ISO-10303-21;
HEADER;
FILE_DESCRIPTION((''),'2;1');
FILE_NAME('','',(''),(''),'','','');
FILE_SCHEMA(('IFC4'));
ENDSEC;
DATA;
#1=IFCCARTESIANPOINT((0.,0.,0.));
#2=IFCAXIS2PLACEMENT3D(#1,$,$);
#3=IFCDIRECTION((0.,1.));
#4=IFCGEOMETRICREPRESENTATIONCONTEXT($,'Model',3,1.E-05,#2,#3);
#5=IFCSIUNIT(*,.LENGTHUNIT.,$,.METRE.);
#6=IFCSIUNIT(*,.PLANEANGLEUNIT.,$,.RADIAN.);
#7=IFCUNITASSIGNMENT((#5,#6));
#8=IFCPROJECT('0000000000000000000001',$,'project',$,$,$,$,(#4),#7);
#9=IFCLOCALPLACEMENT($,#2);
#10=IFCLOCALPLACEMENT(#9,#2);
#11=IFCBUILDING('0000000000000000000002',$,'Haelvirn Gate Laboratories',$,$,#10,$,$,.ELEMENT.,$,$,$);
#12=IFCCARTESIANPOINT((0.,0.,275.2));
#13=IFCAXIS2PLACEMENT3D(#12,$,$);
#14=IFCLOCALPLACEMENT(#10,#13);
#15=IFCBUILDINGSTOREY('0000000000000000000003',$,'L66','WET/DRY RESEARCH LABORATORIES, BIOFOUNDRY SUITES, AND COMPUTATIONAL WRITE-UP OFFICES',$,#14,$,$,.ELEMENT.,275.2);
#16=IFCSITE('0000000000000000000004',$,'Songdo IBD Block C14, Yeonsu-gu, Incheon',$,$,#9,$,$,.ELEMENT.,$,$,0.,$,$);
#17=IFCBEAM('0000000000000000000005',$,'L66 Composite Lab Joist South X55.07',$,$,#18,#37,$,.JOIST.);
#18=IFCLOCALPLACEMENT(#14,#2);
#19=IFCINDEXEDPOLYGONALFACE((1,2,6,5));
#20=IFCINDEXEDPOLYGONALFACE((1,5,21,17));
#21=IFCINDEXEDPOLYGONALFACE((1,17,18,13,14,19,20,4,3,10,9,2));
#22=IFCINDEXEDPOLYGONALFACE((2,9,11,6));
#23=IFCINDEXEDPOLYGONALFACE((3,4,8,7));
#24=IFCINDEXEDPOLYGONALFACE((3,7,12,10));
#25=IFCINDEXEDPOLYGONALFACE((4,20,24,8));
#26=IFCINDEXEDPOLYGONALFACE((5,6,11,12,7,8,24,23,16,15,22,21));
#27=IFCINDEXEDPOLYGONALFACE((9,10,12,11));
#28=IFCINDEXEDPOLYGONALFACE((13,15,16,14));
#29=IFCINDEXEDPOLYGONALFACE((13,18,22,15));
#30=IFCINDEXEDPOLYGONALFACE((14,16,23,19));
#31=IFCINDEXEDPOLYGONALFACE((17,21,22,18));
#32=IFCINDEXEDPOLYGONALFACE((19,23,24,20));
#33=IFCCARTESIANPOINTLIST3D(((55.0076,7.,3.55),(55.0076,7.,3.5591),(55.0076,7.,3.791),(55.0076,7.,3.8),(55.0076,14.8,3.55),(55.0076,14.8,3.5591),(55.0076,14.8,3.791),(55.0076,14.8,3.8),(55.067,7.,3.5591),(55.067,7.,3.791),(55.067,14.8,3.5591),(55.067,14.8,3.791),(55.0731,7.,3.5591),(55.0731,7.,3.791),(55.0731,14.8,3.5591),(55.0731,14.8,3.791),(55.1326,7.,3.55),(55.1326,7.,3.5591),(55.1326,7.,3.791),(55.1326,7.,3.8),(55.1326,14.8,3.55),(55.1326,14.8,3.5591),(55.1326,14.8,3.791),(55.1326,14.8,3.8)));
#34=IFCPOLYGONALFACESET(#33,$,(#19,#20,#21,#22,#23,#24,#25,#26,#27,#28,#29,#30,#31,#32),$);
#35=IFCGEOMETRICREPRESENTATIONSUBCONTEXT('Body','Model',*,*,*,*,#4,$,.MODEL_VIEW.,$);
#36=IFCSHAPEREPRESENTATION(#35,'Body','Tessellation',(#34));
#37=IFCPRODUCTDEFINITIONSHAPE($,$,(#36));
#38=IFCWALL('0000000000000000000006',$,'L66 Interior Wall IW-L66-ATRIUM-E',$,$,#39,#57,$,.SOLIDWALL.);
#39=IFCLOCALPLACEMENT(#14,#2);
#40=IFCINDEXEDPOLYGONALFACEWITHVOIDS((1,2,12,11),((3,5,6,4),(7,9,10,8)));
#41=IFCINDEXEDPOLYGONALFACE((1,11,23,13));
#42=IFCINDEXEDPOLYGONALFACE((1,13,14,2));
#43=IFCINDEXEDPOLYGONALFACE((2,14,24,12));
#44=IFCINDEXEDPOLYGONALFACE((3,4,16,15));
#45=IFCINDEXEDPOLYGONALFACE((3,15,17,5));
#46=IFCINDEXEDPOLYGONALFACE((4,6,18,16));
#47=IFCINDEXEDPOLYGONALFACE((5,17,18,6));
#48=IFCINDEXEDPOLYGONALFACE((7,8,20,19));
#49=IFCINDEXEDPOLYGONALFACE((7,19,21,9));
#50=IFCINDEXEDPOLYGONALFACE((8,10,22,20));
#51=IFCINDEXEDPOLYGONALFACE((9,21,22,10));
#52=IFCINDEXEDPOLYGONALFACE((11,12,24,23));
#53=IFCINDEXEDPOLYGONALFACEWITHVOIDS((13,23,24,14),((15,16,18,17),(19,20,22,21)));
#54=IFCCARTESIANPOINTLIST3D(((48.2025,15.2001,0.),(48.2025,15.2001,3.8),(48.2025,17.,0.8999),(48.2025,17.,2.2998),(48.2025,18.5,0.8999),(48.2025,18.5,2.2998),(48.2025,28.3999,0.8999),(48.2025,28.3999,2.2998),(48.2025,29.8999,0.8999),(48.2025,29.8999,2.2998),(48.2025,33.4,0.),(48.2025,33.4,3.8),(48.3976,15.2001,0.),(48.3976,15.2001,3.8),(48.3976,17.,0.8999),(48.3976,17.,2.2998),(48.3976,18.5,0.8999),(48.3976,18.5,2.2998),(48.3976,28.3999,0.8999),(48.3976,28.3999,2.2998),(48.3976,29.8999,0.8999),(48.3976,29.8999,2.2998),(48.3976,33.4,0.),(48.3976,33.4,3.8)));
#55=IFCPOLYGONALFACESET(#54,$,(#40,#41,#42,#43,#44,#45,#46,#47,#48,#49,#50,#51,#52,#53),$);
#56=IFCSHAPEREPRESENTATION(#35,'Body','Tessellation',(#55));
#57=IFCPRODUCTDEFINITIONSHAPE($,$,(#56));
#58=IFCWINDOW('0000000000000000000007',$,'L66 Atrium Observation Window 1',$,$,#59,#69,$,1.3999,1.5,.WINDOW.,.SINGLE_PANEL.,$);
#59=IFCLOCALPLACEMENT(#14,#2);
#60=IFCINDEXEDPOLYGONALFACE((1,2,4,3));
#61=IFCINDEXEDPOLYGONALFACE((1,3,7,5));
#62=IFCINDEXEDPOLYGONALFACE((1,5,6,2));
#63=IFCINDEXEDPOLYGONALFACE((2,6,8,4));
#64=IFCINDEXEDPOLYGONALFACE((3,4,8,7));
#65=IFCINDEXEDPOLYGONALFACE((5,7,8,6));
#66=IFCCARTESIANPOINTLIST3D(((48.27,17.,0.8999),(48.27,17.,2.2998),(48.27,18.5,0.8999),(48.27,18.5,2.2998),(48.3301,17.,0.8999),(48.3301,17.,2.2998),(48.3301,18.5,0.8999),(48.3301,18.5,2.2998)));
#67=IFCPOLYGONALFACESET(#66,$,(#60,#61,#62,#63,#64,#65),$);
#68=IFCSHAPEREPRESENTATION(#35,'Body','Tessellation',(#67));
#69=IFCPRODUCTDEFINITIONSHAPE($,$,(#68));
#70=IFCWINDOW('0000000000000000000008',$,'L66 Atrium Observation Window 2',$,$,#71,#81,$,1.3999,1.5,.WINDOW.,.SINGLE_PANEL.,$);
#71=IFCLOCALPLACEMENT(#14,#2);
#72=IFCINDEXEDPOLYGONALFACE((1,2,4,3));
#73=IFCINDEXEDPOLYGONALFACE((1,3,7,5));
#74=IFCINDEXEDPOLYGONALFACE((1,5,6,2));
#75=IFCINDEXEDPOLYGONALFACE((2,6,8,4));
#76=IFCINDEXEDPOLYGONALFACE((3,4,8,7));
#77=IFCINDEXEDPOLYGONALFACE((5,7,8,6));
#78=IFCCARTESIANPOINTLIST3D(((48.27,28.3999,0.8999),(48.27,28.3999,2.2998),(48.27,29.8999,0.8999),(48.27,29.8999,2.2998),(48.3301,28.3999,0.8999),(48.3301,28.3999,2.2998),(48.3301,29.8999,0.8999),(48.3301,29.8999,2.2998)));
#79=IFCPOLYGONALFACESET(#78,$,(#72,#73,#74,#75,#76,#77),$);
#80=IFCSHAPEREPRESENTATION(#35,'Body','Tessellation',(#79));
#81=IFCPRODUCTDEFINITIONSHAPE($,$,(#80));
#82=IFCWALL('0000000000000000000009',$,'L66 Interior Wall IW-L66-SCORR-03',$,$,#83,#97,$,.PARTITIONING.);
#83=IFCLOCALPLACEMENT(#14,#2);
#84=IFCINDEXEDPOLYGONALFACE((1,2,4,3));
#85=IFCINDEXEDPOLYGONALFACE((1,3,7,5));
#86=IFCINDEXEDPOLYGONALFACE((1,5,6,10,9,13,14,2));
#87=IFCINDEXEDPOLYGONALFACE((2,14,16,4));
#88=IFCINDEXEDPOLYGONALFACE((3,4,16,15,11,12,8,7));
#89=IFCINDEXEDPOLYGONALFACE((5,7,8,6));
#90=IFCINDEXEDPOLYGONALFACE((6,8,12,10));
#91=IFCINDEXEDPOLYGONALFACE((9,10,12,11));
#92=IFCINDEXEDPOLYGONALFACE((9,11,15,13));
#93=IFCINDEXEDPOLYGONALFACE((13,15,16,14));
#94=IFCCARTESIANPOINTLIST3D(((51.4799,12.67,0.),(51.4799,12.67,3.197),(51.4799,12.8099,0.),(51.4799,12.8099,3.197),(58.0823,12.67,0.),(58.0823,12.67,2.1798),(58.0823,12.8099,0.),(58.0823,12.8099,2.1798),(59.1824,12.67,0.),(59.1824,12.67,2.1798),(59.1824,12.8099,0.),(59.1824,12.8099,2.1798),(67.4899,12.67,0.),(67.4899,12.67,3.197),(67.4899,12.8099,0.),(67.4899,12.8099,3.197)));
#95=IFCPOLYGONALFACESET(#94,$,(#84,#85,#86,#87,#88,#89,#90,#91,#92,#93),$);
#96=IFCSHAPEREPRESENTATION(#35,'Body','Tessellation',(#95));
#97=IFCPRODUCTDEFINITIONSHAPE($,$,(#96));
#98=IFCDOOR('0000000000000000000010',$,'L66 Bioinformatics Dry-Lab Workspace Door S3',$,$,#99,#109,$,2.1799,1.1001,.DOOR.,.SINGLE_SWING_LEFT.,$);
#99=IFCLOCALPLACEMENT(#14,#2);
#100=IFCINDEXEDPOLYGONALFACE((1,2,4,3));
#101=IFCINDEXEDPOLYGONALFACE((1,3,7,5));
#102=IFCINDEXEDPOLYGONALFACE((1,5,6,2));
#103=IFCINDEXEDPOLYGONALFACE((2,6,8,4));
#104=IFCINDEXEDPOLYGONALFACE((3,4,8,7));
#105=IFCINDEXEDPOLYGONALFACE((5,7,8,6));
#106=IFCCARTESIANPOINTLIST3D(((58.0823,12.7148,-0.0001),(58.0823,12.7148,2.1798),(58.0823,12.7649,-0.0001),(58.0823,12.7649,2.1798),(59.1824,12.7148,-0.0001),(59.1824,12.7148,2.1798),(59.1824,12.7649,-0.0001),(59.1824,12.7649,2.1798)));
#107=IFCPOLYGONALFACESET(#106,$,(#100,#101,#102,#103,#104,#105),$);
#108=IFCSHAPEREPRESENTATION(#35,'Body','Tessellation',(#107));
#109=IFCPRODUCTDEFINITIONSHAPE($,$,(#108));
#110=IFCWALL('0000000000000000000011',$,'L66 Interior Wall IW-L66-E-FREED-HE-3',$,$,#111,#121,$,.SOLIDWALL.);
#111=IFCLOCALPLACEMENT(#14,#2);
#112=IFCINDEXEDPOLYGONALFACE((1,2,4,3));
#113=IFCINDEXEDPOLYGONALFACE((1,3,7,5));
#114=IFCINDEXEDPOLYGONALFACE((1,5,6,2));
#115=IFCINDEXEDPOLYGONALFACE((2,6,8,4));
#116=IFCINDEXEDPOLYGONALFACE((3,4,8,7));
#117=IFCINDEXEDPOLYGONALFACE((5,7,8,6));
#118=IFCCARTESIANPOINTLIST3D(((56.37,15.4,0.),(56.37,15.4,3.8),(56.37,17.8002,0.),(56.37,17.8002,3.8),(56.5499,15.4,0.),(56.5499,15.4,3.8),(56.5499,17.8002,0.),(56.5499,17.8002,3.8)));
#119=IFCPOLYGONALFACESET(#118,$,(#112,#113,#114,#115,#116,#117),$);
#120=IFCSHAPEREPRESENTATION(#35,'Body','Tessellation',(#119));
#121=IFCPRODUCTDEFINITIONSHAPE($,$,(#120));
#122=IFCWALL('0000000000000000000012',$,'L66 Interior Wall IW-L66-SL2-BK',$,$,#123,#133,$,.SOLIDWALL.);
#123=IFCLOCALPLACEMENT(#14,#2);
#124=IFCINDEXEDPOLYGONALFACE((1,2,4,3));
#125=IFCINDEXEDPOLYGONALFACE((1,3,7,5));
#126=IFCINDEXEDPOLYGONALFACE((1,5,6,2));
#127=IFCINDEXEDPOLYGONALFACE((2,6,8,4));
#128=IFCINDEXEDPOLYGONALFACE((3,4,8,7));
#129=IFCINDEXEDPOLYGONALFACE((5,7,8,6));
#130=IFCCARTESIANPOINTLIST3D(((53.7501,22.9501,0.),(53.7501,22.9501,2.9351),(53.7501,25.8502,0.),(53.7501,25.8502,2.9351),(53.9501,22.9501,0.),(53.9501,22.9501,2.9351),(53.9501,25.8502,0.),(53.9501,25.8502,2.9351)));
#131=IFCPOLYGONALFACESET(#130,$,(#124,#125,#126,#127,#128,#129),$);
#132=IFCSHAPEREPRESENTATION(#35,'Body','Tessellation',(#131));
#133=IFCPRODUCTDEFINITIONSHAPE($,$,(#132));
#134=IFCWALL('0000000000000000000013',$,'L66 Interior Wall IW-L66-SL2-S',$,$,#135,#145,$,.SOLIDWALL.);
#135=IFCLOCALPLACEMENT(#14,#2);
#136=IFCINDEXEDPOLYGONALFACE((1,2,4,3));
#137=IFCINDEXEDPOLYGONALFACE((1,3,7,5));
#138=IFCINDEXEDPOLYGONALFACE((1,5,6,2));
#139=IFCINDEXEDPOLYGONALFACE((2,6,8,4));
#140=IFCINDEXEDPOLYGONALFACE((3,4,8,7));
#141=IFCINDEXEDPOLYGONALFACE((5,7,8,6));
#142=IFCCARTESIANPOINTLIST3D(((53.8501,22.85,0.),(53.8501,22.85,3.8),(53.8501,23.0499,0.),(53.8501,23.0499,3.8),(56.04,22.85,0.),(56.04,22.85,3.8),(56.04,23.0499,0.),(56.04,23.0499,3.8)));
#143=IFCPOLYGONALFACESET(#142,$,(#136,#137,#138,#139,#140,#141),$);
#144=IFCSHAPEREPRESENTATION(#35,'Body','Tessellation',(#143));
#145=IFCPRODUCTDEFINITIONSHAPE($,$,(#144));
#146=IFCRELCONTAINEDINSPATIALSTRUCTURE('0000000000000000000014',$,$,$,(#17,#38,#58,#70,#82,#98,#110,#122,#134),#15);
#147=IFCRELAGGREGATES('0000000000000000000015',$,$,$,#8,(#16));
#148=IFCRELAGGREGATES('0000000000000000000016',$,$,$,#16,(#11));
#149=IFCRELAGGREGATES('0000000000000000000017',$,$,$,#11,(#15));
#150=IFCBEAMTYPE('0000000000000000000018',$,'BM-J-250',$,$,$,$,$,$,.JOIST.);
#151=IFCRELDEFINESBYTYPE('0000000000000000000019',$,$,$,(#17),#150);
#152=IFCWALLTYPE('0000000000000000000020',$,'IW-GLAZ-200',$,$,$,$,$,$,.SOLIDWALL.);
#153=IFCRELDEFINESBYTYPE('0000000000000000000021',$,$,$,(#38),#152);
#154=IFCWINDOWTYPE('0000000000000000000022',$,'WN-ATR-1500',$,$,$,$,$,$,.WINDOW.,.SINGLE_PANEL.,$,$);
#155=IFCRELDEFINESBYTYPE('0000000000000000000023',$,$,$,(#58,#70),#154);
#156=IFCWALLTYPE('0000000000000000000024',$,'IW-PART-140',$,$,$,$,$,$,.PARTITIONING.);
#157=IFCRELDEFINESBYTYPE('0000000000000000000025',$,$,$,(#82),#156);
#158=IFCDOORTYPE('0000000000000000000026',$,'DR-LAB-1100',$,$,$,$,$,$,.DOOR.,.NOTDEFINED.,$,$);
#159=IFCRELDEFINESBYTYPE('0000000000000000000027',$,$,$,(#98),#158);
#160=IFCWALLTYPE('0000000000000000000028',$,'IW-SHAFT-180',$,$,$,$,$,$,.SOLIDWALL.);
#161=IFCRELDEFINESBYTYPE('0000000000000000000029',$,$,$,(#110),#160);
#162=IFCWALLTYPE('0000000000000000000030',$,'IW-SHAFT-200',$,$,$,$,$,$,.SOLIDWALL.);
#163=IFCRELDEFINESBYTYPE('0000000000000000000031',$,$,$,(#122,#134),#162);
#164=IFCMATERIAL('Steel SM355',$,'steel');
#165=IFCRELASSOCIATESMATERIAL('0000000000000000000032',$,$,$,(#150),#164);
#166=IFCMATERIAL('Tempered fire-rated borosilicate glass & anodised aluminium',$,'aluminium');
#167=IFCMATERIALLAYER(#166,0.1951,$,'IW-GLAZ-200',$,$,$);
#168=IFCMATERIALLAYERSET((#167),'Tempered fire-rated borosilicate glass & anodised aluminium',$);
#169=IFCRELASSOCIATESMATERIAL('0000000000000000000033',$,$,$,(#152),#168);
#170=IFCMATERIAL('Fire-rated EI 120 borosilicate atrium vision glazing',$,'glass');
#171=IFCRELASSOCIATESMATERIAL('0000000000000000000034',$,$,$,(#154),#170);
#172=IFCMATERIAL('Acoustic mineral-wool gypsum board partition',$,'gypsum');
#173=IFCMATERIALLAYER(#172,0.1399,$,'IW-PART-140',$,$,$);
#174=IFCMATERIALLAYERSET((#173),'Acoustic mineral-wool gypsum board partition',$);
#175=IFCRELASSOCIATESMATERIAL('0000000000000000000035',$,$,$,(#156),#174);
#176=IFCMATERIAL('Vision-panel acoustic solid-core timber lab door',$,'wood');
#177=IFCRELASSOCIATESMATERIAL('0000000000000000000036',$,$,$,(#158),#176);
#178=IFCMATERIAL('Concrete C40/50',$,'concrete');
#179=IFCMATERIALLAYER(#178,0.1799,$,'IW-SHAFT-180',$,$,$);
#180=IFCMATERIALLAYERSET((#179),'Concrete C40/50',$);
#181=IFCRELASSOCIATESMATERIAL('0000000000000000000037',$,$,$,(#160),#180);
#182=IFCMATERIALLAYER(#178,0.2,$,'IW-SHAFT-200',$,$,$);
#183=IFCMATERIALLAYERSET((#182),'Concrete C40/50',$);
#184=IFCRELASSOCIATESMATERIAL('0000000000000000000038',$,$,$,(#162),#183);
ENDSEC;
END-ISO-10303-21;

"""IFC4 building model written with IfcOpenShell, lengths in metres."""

from ifc_helpers import new_model, si_unit, direction, frame, frame_2d, origin, origin_2d, place, context, subcontext, project, spatial, rectangle, i_section, extrude, source, transform, mapped, material, layer, layer_set, material_profile, profile_set, type_object, type_shapes, element, fill, save


model = new_model("IFC4")

# Units and contexts
model_context = context("Model", 3, precision=1e-05, world=origin(), true_north=direction((0.0, 1.0)))
body_context = subcontext(model_context, "Body", "Model", "MODEL_VIEW")
ifc_project = project(units=[si_unit("LENGTHUNIT", "METRE"), si_unit("PLANEANGLEUNIT", "RADIAN")], contexts=[model_context])

# Site, building, storey
site_placement = place(None, origin())
site = spatial("IfcSite", under=ifc_project, at=site_placement, Name="Songdo IBD Block C14, Yeonsu-gu, Incheon", CompositionType="ELEMENT", RefElevation=0.0)
building_placement = place(site_placement, origin())
building = spatial("IfcBuilding", under=site, at=building_placement, Name="Haelvirn Gate Laboratories", CompositionType="ELEMENT")
storey_placement = place(building_placement, frame((0.0, 0.0, 275.2)))
storey = spatial("IfcBuildingStorey", under=building, at=storey_placement, Name="L66", Description="WET/DRY RESEARCH LABORATORIES, BIOFOUNDRY SUITES, AND COMPUTATIONAL WRITE-UP OFFICES", CompositionType="ELEMENT", Elevation=275.2)

# Shared definitions
ifc_material_1 = material(Name="Steel SM355", Category="steel")

# Beam
ifc_material_profile_1 = material_profile(ifc_material_1, i_section(OverallWidth=0.125, OverallDepth=0.25, WebThickness=0.0061, FlangeThickness=0.009, at=origin_2d()), Name="H-250x125x6x9")
ifc_profile_set_1 = profile_set([ifc_material_profile_1], Name="Steel SM355")
beam_type_1 = type_object("IfcBeamType", Name="BM-J-250", PredefinedType="JOIST", material=ifc_profile_set_1)
shared_shape_1 = source(origin(), body_context, "Body", "SweptSolid", [
    extrude(i_section(OverallWidth=0.125, OverallDepth=0.25, WebThickness=0.0061, FlangeThickness=0.009, at=origin_2d()), origin(), (0.0, 0.0, 1.0), 7.8),
])
type_shapes(beam_type_1, [shared_shape_1])
beam_1_placement = place(storey_placement, frame((55.0701, 7.0, 3.675), z_axis=(0.0, 1.0, 0.0), x_axis=(-1.0, 0.0, 0.0)))
element("IfcBeam", 1, at=beam_1_placement, inside=storey, type_object=beam_type_1, Name="L66 Composite Lab Joist South X55.07", PredefinedType="JOIST", context=body_context, shape_type="MappedRepresentation", body=[
    mapped(shared_shape_1, transform((0.0, 0.0, 0.0), scale=1.0)),
])

# Wall, openings, windows
ifc_material_2 = material(Name="Tempered fire-rated borosilicate glass & anodised aluminium", Category="aluminium")
ifc_layer_1 = layer(ifc_material_2, 0.1951, Name="IW-GLAZ-200")
ifc_layer_set_1 = layer_set([ifc_layer_1], Name="Tempered fire-rated borosilicate glass & anodised aluminium")
wall_type_1 = type_object("IfcWallType", Name="IW-GLAZ-200", PredefinedType="SOLIDWALL", material=ifc_layer_set_1)
wall_1_placement = place(storey_placement, frame((48.3, 15.2, 0.0), z_axis=(0.0, 0.0, 1.0), x_axis=(0.0, 1.0, 0.0)))
wall_1 = element("IfcWall", 2, at=wall_1_placement, inside=storey, type_object=wall_type_1, Name="L66 Interior Wall IW-L66-ATRIUM-E", PredefinedType="SOLIDWALL", context=body_context, shape_type="SweptSolid", body=[
    extrude(rectangle(XDim=18.2, YDim=0.1951, at=frame_2d((9.1001, 0.0))), origin(), (0.0, 0.0, 1.0), 3.8),
])
opening_1_placement = place(wall_1_placement, frame((1.8, 0.0, 0.8999)))
opening_1 = element("IfcOpeningElement", 3, at=opening_1_placement, cuts=wall_1, PredefinedType="OPENING", context=body_context, shape_type="SweptSolid", body=[
    extrude(rectangle(XDim=1.5, YDim=1.3999, at=frame_2d((0.75, 0.7))), frame((0.0, 0.1074, 0.0), z_axis=(0.0, -1.0, 0.0), x_axis=(1.0, 0.0, 0.0)), (0.0, 0.0, 1.0), 0.2151),
])
opening_2_placement = place(wall_1_placement, frame((13.2, 0.0, 0.8999)))
opening_2 = element("IfcOpeningElement", 4, at=opening_2_placement, cuts=wall_1, PredefinedType="OPENING", context=body_context, shape_type="SweptSolid", body=[
    extrude(rectangle(XDim=1.5, YDim=1.3999, at=frame_2d((0.75, 0.7))), frame((0.0, 0.1074, 0.0), z_axis=(0.0, -1.0, 0.0), x_axis=(1.0, 0.0, 0.0)), (0.0, 0.0, 1.0), 0.2151),
])
ifc_material_3 = material(Name="Fire-rated EI 120 borosilicate atrium vision glazing", Category="glass")
window_type = type_object("IfcWindowType", Name="WN-ATR-1500", PartitioningType="SINGLE_PANEL", PredefinedType="WINDOW", material=ifc_material_3)
shared_shape_2 = source(origin(), body_context, "Body", "SweptSolid", [
    extrude(rectangle(XDim=1.5, YDim=1.3999, at=frame_2d((0.75, 0.7))), frame((0.0, 0.03, 0.0), z_axis=(0.0, -1.0, 0.0), x_axis=(1.0, 0.0, 0.0)), (0.0, 0.0, 1.0), 0.0601),
])
type_shapes(window_type, [shared_shape_2])
window_1_placement = place(opening_1_placement, origin())
window_1 = element("IfcWindow", 5, at=window_1_placement, inside=storey, type_object=window_type, Name="L66 Atrium Observation Window 1", OverallHeight=1.3999, OverallWidth=1.5, PartitioningType="SINGLE_PANEL", PredefinedType="WINDOW", context=body_context, shape_type="MappedRepresentation", body=[
    mapped(shared_shape_2, transform((0.0, 0.0, 0.0), scale=1.0)),
])
fill(opening_1, window_1)
window_2_placement = place(opening_2_placement, origin())
window_2 = element("IfcWindow", 6, at=window_2_placement, inside=storey, type_object=window_type, Name="L66 Atrium Observation Window 2", OverallHeight=1.3999, OverallWidth=1.5, PartitioningType="SINGLE_PANEL", PredefinedType="WINDOW", context=body_context, shape_type="MappedRepresentation", body=[
    mapped(shared_shape_2, transform((0.0, 0.0, 0.0), scale=1.0)),
])
fill(opening_2, window_2)

# Wall, opening, door
ifc_material_4 = material(Name="Acoustic mineral-wool gypsum board partition", Category="gypsum")
ifc_layer_2 = layer(ifc_material_4, 0.1399, Name="IW-PART-140")
ifc_layer_set_2 = layer_set([ifc_layer_2], Name="Acoustic mineral-wool gypsum board partition")
wall_type_2 = type_object("IfcWallType", Name="IW-PART-140", PredefinedType="PARTITIONING", material=ifc_layer_set_2)
wall_2_placement = place(storey_placement, frame((51.48, 12.74, 0.0), z_axis=(0.0, 0.0, 1.0), x_axis=(1.0, 0.0, 0.0)))
wall_2 = element("IfcWall", 7, at=wall_2_placement, inside=storey, type_object=wall_type_2, Name="L66 Interior Wall IW-L66-SCORR-03", PredefinedType="PARTITIONING", context=body_context, shape_type="SweptSolid", body=[
    extrude(rectangle(XDim=16.01, YDim=0.1399, at=frame_2d((8.0049, 0.0))), origin(), (0.0, 0.0, 1.0), 3.197),
])
opening_3_placement = place(wall_2_placement, frame((6.6023, 0.0, 0.0)))
opening_3 = element("IfcOpeningElement", 8, at=opening_3_placement, cuts=wall_2, PredefinedType="OPENING", context=body_context, shape_type="SweptSolid", body=[
    extrude(rectangle(XDim=1.1001, YDim=2.1799, at=frame_2d((0.55, 1.0898))), frame((0.0, 0.0801, 0.0), z_axis=(0.0, -1.0, 0.0), x_axis=(1.0, 0.0, 0.0)), (0.0, 0.0, 1.0), 0.1599),
])
ifc_material_5 = material(Name="Vision-panel acoustic solid-core timber lab door", Category="wood")
door_type_1 = type_object("IfcDoorType", Name="DR-LAB-1100", OperationType="NOTDEFINED", PredefinedType="DOOR", material=ifc_material_5)
shared_shape_3 = source(origin(), body_context, "Body", "SweptSolid", [
    extrude(rectangle(XDim=1.1001, YDim=2.1799, at=frame_2d((0.55, 1.0898))), frame((0.0, 0.0249, 0.0), z_axis=(0.0, -1.0, 0.0), x_axis=(1.0, 0.0, 0.0)), (0.0, 0.0, 1.0), 0.05),
])
type_shapes(door_type_1, [shared_shape_3])
door_1_placement = place(opening_3_placement, origin())
door_1 = element("IfcDoor", 9, at=door_1_placement, inside=storey, type_object=door_type_1, Name="L66 Bioinformatics Dry-Lab Workspace Door S3", OperationType="SINGLE_SWING_LEFT", OverallHeight=2.1799, OverallWidth=1.1001, PredefinedType="DOOR", context=body_context, shape_type="MappedRepresentation", body=[
    mapped(shared_shape_3, transform((0.0, 0.0, 0.0), scale=1.0)),
])
fill(opening_3, door_1)
ifc_material_6 = material(Name="Concrete C40/50", Category="concrete")
ifc_layer_3 = layer(ifc_material_6, 0.1799, Name="IW-SHAFT-180")
ifc_layer_set_3 = layer_set([ifc_layer_3], Name="Concrete C40/50")
wall_type_3 = type_object("IfcWallType", Name="IW-SHAFT-180", PredefinedType="SOLIDWALL", material=ifc_layer_set_3)

# Walls
wall_3_placement = place(storey_placement, frame((56.46, 15.3999, 0.0), z_axis=(0.0, 0.0, 1.0), x_axis=(0.0, 1.0, 0.0)))
element("IfcWall", 10, at=wall_3_placement, inside=storey, type_object=wall_type_3, Name="L66 Interior Wall IW-L66-E-FREED-HE-3", PredefinedType="SOLIDWALL", context=body_context, shape_type="SweptSolid", body=[
    extrude(rectangle(XDim=2.4001, YDim=0.1799, at=frame_2d((1.2002, 0.0))), origin(), (0.0, 0.0, 1.0), 3.8),
])
ifc_layer_4 = layer(ifc_material_6, 0.2, Name="IW-SHAFT-200")
ifc_layer_set_4 = layer_set([ifc_layer_4], Name="Concrete C40/50")
wall_type_4 = type_object("IfcWallType", Name="IW-SHAFT-200", PredefinedType="SOLIDWALL", material=ifc_layer_set_4)
wall_4_placement = place(storey_placement, frame((53.8501, 22.95, 0.0), z_axis=(0.0, 0.0, 1.0), x_axis=(0.0, 1.0, 0.0)))
element("IfcWall", 11, at=wall_4_placement, inside=storey, type_object=wall_type_4, Name="L66 Interior Wall IW-L66-SL2-BK", PredefinedType="SOLIDWALL", context=body_context, shape_type="SweptSolid", body=[
    extrude(rectangle(XDim=2.9001, YDim=0.2, at=frame_2d((1.4502, 0.0))), origin(), (0.0, 0.0, 1.0), 2.9351),
])
wall_5_placement = place(storey_placement, frame((53.8501, 22.95, 0.0), z_axis=(0.0, 0.0, 1.0), x_axis=(1.0, 0.0, 0.0)))
element("IfcWall", 12, at=wall_5_placement, inside=storey, type_object=wall_type_4, Name="L66 Interior Wall IW-L66-SL2-S", PredefinedType="SOLIDWALL", context=body_context, shape_type="SweptSolid", body=[
    extrude(rectangle(XDim=2.1899, YDim=0.2, at=frame_2d((1.095, 0.0))), origin(), (0.0, 0.0, 1.0), 3.8),
])

save(model, "model.ifc")
